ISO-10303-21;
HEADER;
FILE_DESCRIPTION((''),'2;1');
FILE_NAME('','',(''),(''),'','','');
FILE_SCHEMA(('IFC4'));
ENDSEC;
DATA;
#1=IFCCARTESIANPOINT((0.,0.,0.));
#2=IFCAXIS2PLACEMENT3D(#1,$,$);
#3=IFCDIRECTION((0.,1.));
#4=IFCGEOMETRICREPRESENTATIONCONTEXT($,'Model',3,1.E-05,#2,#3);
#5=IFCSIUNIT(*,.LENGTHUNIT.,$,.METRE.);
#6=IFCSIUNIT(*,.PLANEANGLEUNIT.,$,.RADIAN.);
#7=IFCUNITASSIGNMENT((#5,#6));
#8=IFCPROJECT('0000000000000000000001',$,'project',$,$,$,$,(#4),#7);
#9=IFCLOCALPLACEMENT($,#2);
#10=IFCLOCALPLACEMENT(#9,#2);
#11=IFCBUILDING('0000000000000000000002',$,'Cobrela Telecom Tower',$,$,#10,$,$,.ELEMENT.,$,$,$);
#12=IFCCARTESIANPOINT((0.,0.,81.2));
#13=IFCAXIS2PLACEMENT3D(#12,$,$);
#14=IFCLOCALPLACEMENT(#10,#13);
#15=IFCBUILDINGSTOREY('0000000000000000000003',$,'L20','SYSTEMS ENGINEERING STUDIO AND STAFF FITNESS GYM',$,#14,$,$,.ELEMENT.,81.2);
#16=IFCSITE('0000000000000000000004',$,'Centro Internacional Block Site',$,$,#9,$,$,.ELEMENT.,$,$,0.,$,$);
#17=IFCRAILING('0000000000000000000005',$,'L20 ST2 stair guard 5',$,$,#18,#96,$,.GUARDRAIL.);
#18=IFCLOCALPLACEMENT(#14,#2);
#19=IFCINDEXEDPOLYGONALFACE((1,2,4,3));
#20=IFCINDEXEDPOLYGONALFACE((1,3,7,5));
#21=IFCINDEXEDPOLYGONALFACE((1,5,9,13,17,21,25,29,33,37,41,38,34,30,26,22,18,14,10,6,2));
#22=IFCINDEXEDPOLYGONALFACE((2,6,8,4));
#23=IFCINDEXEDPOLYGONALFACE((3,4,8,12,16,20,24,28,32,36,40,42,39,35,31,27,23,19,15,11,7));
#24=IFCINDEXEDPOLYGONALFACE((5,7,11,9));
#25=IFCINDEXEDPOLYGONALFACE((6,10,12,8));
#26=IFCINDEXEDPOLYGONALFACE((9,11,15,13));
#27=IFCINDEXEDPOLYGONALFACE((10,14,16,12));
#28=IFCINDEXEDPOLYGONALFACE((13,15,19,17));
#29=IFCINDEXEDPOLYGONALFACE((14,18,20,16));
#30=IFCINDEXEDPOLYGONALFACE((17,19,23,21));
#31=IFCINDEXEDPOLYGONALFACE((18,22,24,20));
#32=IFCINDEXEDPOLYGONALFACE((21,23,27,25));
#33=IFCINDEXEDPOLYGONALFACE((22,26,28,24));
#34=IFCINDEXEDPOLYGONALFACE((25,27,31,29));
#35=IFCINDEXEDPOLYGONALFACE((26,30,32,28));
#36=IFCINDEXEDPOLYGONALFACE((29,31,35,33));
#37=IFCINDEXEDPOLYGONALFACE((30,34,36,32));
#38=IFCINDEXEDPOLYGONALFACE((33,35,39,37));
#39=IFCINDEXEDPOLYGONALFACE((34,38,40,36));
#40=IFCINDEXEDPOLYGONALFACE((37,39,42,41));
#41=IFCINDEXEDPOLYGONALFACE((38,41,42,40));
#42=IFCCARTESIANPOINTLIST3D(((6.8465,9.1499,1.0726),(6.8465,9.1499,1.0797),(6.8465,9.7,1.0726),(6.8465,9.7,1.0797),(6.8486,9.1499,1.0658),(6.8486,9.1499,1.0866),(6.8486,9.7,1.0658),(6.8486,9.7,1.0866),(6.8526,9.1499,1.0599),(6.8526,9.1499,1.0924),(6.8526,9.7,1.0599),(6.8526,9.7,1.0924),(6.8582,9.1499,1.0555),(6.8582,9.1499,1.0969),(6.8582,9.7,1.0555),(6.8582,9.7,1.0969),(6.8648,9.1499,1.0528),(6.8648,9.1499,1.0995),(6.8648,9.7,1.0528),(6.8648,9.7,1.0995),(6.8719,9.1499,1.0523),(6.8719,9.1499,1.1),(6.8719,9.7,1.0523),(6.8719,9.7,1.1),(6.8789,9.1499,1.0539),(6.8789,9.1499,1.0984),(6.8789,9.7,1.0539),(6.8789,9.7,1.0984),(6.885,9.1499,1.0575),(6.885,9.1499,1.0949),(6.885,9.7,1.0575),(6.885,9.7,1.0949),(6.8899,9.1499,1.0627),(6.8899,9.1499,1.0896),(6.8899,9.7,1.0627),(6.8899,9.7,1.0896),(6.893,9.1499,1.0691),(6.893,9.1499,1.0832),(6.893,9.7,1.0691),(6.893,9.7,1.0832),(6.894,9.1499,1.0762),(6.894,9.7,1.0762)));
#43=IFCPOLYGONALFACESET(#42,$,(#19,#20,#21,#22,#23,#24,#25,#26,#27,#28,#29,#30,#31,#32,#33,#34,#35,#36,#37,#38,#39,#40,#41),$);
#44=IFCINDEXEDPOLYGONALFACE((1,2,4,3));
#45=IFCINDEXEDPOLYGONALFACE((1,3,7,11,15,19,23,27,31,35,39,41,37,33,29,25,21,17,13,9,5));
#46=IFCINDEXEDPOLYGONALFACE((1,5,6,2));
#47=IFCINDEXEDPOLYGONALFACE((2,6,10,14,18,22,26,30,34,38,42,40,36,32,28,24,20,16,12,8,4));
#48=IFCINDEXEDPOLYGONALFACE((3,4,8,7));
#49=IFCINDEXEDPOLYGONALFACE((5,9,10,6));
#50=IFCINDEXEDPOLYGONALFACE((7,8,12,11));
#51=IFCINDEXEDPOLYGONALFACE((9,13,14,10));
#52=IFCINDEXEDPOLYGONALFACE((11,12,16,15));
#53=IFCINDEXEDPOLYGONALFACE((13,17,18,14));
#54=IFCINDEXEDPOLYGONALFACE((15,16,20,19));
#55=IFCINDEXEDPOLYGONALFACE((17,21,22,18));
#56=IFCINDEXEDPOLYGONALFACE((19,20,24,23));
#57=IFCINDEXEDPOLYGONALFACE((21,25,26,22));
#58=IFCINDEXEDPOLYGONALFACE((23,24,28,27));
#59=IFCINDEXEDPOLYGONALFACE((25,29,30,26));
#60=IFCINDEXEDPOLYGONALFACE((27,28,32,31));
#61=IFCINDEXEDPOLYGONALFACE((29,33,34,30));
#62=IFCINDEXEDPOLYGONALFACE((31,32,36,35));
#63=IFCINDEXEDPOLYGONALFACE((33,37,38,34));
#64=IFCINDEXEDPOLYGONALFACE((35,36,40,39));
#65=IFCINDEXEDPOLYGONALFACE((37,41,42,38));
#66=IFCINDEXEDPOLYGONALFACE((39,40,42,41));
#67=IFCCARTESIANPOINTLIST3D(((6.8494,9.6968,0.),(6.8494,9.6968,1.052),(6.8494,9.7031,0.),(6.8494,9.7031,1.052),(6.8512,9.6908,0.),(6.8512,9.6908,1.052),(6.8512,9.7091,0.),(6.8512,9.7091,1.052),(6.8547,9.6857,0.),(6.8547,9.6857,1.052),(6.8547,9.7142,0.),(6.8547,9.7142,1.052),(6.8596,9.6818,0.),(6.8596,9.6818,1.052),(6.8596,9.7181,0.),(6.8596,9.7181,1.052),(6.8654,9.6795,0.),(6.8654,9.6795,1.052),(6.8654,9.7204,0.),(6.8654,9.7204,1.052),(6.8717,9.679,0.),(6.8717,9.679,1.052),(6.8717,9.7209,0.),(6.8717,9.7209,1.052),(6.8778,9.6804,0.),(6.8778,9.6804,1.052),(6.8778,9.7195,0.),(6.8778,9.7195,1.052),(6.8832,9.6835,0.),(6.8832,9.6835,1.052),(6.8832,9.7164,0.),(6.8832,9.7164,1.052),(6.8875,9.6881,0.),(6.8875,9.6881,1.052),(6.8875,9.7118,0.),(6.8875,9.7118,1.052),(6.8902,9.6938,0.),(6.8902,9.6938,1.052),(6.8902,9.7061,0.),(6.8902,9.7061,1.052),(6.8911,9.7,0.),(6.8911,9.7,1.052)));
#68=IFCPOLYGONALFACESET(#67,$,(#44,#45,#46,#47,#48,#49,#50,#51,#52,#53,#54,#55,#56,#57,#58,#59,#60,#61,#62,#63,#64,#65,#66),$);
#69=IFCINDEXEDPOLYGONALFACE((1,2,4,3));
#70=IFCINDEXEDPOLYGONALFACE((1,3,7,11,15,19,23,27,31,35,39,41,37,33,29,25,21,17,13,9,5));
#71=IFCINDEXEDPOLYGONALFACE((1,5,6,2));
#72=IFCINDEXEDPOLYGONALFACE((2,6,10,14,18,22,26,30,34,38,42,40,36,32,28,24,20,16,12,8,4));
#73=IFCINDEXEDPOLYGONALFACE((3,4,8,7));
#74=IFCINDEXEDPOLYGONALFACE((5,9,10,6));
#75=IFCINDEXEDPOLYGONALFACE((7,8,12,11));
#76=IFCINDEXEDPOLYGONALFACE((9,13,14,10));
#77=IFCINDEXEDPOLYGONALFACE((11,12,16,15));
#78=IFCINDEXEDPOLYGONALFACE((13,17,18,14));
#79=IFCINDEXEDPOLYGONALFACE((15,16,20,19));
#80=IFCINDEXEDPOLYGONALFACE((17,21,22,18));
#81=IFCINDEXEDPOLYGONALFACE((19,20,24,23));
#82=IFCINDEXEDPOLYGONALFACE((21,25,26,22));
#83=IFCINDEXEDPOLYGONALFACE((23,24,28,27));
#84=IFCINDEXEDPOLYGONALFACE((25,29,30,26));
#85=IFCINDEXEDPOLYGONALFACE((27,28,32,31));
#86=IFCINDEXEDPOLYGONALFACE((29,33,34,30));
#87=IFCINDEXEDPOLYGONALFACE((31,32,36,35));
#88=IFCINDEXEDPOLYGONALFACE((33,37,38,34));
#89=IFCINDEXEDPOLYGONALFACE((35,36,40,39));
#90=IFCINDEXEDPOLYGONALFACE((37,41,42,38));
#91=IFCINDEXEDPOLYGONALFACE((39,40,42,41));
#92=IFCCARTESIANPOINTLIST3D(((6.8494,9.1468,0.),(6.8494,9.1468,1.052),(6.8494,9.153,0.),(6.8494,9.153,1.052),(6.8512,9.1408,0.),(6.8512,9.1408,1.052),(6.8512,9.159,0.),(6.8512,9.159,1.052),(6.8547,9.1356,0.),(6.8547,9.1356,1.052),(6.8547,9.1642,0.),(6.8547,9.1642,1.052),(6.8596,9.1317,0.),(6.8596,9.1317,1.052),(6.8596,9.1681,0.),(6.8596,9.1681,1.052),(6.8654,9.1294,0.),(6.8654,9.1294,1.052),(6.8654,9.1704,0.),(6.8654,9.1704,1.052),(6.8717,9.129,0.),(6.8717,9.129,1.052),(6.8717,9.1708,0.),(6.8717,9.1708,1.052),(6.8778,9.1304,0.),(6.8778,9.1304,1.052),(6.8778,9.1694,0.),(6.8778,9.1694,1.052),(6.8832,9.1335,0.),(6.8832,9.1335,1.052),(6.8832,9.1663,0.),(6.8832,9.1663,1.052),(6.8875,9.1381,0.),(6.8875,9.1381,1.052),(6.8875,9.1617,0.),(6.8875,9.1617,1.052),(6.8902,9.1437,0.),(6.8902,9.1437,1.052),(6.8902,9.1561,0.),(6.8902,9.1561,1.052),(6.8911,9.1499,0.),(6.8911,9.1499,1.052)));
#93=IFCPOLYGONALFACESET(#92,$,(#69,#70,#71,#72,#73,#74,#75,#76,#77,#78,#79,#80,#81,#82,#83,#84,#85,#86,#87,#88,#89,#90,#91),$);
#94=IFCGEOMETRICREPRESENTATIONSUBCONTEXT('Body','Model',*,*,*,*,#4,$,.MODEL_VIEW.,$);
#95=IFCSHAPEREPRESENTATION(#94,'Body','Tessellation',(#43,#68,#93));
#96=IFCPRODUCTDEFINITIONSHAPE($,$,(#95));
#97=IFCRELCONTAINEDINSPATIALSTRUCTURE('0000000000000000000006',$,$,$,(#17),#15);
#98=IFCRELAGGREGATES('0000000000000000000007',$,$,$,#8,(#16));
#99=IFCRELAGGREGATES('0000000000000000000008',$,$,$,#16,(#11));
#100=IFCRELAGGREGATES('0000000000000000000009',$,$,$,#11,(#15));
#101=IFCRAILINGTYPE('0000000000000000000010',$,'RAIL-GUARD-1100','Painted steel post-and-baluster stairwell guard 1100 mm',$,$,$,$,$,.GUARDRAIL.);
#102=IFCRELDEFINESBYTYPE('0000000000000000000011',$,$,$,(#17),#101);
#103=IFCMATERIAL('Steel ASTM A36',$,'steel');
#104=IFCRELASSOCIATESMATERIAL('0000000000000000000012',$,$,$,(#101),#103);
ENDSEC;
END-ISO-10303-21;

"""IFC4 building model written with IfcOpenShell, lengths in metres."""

from ifc_helpers import new_model, si_unit, direction, frame, origin, origin_2d, place, context, subcontext, project, spatial, circle, extrude, material, type_object, element, save


model = new_model("IFC4")

# Units and contexts
model_context = context("Model", 3, precision=1e-05, world=origin(), true_north=direction((0.0, 1.0)))
body_context = subcontext(model_context, "Body", "Model", "MODEL_VIEW")
ifc_project = project(units=[si_unit("LENGTHUNIT", "METRE"), si_unit("PLANEANGLEUNIT", "RADIAN")], contexts=[model_context])

# Site, building, storey
site_placement = place(None, origin())
site = spatial("IfcSite", under=ifc_project, at=site_placement, Name="Centro Internacional Block Site", CompositionType="ELEMENT", RefElevation=0.0)
building_placement = place(site_placement, origin())
building = spatial("IfcBuilding", under=site, at=building_placement, Name="Cobrela Telecom Tower", CompositionType="ELEMENT")
storey_placement = place(building_placement, frame((0.0, 0.0, 81.2)))
storey = spatial("IfcBuildingStorey", under=building, at=storey_placement, Name="L20", Description="SYSTEMS ENGINEERING STUDIO AND STAFF FITNESS GYM", CompositionType="ELEMENT", Elevation=81.2)

# Railing
ifc_material_1 = material(Name="Steel ASTM A36", Category="steel")
railing_type_1 = type_object("IfcRailingType", Name="RAIL-GUARD-1100", Description="Painted steel post-and-baluster stairwell guard 1100 mm", PredefinedType="GUARDRAIL", material=ifc_material_1)
railing_1_placement = place(storey_placement, frame((6.8701, 9.7, 0.0)))
element("IfcRailing", 1, at=railing_1_placement, inside=storey, type_object=railing_type_1, Name="L20 ST2 stair guard 5", PredefinedType="GUARDRAIL", context=body_context, shape_type="SweptSolid", body=[
    extrude(circle(Radius=0.0239, at=origin_2d()), frame((0.0, 0.0, 1.0762), z_axis=(0.0, -1.0, 0.0), x_axis=(1.0, 0.0, 0.0)), (0.0, 0.0, 1.0), 0.55),
    extrude(circle(Radius=0.021, at=origin_2d()), origin(), (0.0, 0.0, 1.0), 1.052),
    extrude(circle(Radius=0.021, at=origin_2d()), frame((0.0, -0.55, 0.0)), (0.0, 0.0, 1.0), 1.052),
])

save(model, "model.ifc")
